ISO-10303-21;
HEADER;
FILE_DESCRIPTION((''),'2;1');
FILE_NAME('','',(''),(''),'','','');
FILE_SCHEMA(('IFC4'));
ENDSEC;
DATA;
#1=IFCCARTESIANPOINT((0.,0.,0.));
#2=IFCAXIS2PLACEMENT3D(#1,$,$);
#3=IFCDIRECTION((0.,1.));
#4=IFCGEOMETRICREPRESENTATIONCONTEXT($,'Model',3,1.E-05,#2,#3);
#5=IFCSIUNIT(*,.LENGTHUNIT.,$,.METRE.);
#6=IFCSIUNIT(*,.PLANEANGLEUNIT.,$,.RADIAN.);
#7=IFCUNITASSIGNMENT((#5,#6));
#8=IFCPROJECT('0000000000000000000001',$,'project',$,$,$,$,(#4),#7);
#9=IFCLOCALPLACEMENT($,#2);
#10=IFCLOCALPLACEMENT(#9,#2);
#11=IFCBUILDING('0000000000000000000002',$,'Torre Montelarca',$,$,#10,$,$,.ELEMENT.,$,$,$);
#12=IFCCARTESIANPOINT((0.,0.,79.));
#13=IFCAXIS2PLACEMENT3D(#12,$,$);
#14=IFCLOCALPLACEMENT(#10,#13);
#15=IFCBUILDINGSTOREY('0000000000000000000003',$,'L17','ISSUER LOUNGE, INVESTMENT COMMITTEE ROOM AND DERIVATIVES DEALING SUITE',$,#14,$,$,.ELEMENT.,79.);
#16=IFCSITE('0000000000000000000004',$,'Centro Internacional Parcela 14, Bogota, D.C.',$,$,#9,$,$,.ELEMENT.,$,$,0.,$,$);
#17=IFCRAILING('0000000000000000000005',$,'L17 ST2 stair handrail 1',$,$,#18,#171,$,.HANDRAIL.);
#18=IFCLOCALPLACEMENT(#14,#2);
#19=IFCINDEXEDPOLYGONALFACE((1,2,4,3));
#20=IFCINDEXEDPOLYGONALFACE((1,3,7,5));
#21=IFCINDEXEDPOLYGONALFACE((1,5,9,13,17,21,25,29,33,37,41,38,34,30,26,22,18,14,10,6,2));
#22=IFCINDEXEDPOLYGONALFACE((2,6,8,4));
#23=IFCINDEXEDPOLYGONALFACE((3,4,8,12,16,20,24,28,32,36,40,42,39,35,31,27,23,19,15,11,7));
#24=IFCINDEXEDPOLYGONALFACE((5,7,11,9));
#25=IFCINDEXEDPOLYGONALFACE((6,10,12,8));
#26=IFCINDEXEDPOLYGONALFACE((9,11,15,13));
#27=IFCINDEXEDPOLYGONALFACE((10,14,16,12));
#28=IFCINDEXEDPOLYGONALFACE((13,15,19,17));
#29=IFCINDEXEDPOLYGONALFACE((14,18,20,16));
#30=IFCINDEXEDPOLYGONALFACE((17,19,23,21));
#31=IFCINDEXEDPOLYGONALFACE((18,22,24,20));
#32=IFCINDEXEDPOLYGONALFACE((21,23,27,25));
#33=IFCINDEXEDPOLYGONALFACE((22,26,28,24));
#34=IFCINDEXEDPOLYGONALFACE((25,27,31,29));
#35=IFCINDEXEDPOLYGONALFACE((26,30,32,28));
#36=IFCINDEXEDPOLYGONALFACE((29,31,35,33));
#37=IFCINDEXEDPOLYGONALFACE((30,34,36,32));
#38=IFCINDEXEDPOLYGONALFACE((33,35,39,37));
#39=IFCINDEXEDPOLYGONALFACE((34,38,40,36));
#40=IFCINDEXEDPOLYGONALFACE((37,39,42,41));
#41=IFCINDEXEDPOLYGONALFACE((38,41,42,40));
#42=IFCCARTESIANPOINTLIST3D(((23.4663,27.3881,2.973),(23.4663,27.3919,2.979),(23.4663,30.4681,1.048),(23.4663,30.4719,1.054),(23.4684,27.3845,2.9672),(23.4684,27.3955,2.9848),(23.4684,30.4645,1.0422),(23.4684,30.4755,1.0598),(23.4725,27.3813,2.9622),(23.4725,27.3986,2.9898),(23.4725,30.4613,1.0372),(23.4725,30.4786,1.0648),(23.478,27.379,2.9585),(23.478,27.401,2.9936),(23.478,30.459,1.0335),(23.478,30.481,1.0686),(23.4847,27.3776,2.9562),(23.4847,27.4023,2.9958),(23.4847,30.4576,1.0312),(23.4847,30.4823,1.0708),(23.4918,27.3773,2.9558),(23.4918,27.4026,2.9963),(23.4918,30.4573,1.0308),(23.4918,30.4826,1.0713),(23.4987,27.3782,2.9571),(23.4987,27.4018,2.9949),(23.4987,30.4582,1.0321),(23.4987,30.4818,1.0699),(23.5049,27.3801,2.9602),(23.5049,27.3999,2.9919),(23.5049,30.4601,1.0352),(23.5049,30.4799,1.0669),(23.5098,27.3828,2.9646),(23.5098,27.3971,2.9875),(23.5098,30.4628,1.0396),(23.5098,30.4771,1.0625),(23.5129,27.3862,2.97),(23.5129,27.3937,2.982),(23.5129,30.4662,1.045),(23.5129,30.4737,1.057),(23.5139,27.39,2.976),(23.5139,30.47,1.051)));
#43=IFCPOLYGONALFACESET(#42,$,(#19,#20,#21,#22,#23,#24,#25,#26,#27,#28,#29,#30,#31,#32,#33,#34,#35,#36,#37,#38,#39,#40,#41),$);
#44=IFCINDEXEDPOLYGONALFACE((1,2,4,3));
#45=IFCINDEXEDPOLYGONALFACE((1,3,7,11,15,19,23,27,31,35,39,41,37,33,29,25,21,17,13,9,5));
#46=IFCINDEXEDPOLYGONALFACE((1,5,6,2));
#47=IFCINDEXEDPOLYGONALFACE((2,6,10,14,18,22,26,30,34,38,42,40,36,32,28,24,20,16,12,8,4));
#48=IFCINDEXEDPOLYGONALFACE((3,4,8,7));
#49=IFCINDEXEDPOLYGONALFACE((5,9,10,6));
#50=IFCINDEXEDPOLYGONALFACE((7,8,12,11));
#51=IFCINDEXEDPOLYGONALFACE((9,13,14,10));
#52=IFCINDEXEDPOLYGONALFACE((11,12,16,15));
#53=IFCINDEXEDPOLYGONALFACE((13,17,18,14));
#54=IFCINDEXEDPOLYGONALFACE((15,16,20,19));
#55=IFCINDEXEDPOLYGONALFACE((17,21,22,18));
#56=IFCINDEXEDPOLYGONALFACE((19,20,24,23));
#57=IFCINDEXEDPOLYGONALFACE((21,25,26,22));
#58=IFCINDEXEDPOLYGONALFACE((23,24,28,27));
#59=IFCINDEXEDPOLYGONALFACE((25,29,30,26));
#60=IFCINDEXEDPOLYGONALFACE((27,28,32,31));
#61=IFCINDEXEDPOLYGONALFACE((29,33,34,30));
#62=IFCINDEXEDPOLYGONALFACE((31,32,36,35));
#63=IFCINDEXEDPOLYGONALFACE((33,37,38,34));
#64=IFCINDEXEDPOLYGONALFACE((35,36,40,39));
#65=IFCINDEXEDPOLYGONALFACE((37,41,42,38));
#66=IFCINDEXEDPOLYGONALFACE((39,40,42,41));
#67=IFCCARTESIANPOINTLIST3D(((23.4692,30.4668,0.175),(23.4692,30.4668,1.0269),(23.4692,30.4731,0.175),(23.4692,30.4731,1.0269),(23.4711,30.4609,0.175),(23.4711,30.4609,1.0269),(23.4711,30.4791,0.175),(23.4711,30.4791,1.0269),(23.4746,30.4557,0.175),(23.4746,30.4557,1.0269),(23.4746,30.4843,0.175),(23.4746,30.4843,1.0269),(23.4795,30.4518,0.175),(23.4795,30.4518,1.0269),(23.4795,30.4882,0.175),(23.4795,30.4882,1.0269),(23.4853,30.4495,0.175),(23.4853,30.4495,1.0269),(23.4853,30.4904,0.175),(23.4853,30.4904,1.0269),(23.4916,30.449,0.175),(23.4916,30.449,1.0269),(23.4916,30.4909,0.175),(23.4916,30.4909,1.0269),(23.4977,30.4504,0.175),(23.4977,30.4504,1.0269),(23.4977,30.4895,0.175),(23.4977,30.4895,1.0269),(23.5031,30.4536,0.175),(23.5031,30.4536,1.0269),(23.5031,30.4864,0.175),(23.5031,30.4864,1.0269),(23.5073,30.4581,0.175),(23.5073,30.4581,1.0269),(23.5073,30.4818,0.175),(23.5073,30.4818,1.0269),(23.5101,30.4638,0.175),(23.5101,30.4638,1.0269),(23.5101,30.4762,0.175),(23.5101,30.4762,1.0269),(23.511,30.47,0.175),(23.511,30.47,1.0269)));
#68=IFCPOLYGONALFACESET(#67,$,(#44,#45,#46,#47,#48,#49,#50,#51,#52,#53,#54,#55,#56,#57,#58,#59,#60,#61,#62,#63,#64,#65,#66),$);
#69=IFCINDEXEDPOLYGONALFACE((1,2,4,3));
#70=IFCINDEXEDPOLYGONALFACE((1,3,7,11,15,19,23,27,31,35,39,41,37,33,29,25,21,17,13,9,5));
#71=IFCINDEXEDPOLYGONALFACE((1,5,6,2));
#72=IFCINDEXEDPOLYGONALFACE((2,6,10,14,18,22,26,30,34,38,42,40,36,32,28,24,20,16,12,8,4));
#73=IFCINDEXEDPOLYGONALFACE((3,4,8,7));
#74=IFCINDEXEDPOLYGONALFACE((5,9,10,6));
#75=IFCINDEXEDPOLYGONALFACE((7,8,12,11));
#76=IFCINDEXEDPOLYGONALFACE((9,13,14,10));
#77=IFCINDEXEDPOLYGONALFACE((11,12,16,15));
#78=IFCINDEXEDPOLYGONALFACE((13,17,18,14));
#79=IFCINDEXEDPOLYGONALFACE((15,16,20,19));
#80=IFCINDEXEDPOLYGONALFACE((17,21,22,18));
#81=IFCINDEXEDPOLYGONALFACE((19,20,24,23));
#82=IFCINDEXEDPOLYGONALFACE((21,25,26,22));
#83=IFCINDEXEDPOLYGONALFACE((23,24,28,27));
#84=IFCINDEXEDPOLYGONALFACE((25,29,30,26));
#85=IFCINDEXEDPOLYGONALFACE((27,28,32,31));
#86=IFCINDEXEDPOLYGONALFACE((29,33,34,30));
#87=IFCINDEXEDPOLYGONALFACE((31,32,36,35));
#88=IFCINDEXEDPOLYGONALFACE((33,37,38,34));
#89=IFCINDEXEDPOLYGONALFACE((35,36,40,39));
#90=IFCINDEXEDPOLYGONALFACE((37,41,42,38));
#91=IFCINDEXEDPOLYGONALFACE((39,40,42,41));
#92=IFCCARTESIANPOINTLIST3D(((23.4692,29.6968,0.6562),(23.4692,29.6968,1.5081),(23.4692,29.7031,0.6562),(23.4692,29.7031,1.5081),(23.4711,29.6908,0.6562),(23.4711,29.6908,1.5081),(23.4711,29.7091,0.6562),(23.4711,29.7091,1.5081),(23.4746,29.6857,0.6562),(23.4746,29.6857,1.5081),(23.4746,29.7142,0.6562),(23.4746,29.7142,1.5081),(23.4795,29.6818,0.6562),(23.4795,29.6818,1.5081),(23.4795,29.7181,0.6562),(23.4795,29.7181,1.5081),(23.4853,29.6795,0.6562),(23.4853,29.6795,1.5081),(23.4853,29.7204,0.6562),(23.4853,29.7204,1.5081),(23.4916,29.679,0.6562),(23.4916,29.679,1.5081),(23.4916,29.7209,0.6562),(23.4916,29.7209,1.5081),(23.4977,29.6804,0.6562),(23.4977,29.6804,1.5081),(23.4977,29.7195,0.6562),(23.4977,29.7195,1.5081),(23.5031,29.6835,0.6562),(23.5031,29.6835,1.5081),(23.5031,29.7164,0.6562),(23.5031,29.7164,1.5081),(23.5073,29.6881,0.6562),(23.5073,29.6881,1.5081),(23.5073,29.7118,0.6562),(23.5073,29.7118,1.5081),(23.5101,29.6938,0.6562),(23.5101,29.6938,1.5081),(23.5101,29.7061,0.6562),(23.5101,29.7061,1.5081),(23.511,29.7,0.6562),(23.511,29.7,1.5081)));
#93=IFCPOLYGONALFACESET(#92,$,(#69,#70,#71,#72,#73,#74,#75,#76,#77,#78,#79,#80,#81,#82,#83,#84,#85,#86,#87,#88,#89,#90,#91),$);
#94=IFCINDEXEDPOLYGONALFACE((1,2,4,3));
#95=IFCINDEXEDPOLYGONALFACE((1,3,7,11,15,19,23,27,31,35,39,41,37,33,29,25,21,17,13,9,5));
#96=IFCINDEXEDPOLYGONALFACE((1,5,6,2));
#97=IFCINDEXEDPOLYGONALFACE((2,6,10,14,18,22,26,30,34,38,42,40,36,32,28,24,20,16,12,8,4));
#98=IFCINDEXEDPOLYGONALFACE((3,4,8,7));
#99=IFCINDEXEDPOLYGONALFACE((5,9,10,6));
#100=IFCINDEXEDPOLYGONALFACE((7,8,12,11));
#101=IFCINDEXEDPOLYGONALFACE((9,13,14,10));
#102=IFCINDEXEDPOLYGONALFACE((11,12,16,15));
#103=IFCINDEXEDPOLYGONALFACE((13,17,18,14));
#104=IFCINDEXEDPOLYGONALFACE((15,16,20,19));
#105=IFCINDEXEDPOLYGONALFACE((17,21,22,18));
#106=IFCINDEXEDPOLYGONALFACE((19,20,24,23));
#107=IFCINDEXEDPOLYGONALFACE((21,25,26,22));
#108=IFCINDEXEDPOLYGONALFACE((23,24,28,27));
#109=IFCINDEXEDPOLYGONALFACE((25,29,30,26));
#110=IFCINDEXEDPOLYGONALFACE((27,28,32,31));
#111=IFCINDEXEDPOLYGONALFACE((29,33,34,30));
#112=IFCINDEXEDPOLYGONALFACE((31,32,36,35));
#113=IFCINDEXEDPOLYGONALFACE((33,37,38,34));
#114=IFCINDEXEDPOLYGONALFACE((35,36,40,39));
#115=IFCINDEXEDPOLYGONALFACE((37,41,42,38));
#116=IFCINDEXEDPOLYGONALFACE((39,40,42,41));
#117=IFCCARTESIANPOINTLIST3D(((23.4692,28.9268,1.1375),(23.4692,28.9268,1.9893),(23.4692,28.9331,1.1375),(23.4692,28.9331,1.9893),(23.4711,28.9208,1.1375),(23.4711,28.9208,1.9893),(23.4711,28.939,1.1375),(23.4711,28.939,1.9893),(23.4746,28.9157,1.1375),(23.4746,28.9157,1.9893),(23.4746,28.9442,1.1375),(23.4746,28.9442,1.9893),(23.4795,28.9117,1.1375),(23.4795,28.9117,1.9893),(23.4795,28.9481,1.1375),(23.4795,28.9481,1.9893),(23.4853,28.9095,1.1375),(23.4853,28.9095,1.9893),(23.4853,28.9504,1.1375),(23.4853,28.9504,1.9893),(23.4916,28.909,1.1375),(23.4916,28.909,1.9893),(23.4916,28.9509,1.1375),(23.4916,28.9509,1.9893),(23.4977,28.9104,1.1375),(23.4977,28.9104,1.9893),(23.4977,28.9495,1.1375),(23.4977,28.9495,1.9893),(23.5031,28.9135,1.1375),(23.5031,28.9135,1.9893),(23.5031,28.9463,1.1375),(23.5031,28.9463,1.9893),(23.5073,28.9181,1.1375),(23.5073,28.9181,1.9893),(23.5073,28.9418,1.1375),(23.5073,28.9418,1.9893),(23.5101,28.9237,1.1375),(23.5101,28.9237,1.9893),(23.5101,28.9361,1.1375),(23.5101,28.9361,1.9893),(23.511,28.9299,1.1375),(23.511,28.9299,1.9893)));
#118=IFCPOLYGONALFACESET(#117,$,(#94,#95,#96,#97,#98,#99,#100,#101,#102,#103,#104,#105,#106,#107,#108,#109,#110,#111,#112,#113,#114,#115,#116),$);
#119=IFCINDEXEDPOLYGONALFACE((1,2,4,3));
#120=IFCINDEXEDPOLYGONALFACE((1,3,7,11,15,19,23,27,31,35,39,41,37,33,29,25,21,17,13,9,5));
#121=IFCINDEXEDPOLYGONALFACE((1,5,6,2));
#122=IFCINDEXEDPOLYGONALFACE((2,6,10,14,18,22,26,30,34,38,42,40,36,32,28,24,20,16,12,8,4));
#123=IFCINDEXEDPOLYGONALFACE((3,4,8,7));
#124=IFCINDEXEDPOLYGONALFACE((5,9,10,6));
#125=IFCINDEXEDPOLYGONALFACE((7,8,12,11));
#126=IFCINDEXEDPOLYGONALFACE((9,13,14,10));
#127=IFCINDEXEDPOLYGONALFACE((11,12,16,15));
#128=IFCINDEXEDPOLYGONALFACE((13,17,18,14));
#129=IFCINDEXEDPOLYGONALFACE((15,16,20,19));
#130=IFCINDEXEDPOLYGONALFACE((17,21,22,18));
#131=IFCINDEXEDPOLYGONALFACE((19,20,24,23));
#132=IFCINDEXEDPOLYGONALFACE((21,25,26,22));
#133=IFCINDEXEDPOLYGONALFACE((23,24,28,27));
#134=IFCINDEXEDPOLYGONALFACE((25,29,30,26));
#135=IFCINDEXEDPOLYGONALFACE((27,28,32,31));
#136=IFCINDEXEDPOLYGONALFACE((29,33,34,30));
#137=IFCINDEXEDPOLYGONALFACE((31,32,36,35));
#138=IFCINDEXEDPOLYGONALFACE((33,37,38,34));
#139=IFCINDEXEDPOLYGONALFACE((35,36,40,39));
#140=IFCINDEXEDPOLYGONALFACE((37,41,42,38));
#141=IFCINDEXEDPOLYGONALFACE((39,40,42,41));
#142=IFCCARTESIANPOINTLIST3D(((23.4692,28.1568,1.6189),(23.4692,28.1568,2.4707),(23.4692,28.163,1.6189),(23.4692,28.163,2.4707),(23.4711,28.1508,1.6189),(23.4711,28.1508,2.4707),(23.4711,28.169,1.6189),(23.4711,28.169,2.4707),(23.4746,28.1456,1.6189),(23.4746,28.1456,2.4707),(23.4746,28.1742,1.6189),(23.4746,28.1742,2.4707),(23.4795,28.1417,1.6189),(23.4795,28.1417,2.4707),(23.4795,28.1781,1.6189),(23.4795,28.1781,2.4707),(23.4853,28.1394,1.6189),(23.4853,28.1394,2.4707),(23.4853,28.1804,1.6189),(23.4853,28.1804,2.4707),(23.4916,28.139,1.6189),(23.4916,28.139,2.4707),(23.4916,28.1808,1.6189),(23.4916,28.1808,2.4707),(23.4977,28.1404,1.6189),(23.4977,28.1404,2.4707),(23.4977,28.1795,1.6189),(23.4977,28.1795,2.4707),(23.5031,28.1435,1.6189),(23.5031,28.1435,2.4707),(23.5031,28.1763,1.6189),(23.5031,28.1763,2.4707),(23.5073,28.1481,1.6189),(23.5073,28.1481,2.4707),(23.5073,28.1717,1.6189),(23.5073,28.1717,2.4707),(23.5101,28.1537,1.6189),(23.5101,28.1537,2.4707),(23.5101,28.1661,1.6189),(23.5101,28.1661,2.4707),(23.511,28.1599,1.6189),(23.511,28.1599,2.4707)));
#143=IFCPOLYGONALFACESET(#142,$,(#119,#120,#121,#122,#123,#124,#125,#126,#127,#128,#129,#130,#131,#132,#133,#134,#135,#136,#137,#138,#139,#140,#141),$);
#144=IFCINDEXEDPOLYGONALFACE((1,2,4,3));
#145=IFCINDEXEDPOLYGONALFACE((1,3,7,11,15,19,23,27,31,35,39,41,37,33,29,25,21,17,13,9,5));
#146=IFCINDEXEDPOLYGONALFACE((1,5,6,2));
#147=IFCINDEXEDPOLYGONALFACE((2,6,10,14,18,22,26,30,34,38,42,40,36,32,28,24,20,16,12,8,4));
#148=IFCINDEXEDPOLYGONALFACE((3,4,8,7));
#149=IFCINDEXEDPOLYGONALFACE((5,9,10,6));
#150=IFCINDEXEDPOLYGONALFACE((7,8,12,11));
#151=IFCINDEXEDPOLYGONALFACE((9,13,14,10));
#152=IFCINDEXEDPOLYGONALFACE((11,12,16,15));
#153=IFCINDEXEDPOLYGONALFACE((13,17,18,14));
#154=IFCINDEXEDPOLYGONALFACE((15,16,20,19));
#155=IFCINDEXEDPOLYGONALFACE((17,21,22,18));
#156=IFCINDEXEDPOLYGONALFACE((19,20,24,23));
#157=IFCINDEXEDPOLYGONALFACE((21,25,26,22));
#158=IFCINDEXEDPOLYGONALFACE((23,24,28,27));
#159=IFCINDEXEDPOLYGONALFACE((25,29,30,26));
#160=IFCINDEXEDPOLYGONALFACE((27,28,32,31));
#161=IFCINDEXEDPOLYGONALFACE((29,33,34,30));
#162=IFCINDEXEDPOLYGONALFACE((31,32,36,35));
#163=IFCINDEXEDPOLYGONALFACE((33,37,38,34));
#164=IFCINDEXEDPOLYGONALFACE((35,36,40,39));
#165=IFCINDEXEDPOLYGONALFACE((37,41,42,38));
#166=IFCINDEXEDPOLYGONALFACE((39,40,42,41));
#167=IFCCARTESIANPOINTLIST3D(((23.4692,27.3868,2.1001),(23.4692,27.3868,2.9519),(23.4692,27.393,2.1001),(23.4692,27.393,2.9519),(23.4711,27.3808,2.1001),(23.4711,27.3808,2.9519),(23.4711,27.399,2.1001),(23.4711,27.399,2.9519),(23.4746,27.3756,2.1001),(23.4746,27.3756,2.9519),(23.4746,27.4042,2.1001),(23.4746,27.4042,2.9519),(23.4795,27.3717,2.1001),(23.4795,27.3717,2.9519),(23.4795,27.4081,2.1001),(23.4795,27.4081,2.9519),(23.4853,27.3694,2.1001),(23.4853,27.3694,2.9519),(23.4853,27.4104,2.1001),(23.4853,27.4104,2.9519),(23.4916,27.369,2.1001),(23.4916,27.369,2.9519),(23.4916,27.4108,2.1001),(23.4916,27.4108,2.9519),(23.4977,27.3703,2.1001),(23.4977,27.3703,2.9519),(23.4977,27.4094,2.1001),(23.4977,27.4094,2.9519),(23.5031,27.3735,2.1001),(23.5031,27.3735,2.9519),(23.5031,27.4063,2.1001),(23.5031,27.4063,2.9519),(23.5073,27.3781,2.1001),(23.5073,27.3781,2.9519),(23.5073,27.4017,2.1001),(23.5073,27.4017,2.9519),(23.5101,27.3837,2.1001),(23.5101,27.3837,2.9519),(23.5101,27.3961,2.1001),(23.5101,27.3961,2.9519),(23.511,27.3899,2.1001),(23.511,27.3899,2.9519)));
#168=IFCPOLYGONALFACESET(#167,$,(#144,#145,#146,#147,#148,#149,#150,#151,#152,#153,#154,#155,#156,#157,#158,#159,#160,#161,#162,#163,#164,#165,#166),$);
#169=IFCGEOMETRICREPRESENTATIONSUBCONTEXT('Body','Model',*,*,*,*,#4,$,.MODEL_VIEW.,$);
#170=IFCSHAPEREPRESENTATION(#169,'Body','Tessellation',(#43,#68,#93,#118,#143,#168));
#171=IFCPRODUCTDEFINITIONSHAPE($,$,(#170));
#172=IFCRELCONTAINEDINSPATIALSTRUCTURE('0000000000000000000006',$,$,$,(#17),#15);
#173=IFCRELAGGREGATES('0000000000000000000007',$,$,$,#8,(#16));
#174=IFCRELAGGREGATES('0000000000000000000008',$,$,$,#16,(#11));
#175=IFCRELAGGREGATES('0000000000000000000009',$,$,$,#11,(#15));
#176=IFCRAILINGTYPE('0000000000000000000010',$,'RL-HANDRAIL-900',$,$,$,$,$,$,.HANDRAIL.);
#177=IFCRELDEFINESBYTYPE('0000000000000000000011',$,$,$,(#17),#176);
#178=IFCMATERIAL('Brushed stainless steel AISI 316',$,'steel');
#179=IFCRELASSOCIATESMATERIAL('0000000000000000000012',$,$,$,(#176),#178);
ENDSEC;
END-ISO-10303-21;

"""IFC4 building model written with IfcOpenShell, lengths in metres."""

from ifc_helpers import new_model, si_unit, direction, frame, origin, origin_2d, place, context, subcontext, project, spatial, circle, extrude, material, type_object, element, save


model = new_model("IFC4")

# Units and contexts
model_context = context("Model", 3, precision=1e-05, world=origin(), true_north=direction((0.0, 1.0)))
body_context = subcontext(model_context, "Body", "Model", "MODEL_VIEW")
ifc_project = project(units=[si_unit("LENGTHUNIT", "METRE"), si_unit("PLANEANGLEUNIT", "RADIAN")], contexts=[model_context])

# Site, building, storey
site_placement = place(None, origin())
site = spatial("IfcSite", under=ifc_project, at=site_placement, Name="Centro Internacional Parcela 14, Bogota, D.C.", CompositionType="ELEMENT", RefElevation=0.0)
building_placement = place(site_placement, origin())
building = spatial("IfcBuilding", under=site, at=building_placement, Name="Torre Montelarca", CompositionType="ELEMENT")
storey_placement = place(building_placement, frame((0.0, 0.0, 79.0)))
storey = spatial("IfcBuildingStorey", under=building, at=storey_placement, Name="L17", Description="ISSUER LOUNGE, INVESTMENT COMMITTEE ROOM AND DERIVATIVES DEALING SUITE", CompositionType="ELEMENT", Elevation=79.0)

# Railing
ifc_material_1 = material(Name="Brushed stainless steel AISI 316", Category="steel")
railing_type_1 = type_object("IfcRailingType", Name="RL-HANDRAIL-900", PredefinedType="HANDRAIL", material=ifc_material_1)
railing_1_placement = place(storey_placement, frame((23.49, 30.47, 0.175)))
element("IfcRailing", 1, at=railing_1_placement, inside=storey, type_object=railing_type_1, Name="L17 ST2 stair handrail 1", PredefinedType="HANDRAIL", context=body_context, shape_type="SweptSolid", body=[
    extrude(circle(Radius=0.0239, at=origin_2d()), frame((0.0, 0.0, 0.876), z_axis=(0.0, -0.847998, 0.529999), x_axis=(1.0, 0.0, 0.0)), (0.0, 0.0, 1.0), 3.6321),
    extrude(circle(Radius=0.021, at=origin_2d()), origin(), (0.0, 0.0, 1.0), 0.8518),
    extrude(circle(Radius=0.021, at=origin_2d()), frame((0.0, -0.77, 0.4812)), (0.0, 0.0, 1.0), 0.8518),
    extrude(circle(Radius=0.021, at=origin_2d()), frame((0.0, -1.54, 0.9624)), (0.0, 0.0, 1.0), 0.8518),
    extrude(circle(Radius=0.021, at=origin_2d()), frame((0.0, -2.3101, 1.4438)), (0.0, 0.0, 1.0), 0.8518),
    extrude(circle(Radius=0.021, at=origin_2d()), frame((0.0, -3.0801, 1.925)), (0.0, 0.0, 1.0), 0.8518),
])

save(model, "model.ifc")
